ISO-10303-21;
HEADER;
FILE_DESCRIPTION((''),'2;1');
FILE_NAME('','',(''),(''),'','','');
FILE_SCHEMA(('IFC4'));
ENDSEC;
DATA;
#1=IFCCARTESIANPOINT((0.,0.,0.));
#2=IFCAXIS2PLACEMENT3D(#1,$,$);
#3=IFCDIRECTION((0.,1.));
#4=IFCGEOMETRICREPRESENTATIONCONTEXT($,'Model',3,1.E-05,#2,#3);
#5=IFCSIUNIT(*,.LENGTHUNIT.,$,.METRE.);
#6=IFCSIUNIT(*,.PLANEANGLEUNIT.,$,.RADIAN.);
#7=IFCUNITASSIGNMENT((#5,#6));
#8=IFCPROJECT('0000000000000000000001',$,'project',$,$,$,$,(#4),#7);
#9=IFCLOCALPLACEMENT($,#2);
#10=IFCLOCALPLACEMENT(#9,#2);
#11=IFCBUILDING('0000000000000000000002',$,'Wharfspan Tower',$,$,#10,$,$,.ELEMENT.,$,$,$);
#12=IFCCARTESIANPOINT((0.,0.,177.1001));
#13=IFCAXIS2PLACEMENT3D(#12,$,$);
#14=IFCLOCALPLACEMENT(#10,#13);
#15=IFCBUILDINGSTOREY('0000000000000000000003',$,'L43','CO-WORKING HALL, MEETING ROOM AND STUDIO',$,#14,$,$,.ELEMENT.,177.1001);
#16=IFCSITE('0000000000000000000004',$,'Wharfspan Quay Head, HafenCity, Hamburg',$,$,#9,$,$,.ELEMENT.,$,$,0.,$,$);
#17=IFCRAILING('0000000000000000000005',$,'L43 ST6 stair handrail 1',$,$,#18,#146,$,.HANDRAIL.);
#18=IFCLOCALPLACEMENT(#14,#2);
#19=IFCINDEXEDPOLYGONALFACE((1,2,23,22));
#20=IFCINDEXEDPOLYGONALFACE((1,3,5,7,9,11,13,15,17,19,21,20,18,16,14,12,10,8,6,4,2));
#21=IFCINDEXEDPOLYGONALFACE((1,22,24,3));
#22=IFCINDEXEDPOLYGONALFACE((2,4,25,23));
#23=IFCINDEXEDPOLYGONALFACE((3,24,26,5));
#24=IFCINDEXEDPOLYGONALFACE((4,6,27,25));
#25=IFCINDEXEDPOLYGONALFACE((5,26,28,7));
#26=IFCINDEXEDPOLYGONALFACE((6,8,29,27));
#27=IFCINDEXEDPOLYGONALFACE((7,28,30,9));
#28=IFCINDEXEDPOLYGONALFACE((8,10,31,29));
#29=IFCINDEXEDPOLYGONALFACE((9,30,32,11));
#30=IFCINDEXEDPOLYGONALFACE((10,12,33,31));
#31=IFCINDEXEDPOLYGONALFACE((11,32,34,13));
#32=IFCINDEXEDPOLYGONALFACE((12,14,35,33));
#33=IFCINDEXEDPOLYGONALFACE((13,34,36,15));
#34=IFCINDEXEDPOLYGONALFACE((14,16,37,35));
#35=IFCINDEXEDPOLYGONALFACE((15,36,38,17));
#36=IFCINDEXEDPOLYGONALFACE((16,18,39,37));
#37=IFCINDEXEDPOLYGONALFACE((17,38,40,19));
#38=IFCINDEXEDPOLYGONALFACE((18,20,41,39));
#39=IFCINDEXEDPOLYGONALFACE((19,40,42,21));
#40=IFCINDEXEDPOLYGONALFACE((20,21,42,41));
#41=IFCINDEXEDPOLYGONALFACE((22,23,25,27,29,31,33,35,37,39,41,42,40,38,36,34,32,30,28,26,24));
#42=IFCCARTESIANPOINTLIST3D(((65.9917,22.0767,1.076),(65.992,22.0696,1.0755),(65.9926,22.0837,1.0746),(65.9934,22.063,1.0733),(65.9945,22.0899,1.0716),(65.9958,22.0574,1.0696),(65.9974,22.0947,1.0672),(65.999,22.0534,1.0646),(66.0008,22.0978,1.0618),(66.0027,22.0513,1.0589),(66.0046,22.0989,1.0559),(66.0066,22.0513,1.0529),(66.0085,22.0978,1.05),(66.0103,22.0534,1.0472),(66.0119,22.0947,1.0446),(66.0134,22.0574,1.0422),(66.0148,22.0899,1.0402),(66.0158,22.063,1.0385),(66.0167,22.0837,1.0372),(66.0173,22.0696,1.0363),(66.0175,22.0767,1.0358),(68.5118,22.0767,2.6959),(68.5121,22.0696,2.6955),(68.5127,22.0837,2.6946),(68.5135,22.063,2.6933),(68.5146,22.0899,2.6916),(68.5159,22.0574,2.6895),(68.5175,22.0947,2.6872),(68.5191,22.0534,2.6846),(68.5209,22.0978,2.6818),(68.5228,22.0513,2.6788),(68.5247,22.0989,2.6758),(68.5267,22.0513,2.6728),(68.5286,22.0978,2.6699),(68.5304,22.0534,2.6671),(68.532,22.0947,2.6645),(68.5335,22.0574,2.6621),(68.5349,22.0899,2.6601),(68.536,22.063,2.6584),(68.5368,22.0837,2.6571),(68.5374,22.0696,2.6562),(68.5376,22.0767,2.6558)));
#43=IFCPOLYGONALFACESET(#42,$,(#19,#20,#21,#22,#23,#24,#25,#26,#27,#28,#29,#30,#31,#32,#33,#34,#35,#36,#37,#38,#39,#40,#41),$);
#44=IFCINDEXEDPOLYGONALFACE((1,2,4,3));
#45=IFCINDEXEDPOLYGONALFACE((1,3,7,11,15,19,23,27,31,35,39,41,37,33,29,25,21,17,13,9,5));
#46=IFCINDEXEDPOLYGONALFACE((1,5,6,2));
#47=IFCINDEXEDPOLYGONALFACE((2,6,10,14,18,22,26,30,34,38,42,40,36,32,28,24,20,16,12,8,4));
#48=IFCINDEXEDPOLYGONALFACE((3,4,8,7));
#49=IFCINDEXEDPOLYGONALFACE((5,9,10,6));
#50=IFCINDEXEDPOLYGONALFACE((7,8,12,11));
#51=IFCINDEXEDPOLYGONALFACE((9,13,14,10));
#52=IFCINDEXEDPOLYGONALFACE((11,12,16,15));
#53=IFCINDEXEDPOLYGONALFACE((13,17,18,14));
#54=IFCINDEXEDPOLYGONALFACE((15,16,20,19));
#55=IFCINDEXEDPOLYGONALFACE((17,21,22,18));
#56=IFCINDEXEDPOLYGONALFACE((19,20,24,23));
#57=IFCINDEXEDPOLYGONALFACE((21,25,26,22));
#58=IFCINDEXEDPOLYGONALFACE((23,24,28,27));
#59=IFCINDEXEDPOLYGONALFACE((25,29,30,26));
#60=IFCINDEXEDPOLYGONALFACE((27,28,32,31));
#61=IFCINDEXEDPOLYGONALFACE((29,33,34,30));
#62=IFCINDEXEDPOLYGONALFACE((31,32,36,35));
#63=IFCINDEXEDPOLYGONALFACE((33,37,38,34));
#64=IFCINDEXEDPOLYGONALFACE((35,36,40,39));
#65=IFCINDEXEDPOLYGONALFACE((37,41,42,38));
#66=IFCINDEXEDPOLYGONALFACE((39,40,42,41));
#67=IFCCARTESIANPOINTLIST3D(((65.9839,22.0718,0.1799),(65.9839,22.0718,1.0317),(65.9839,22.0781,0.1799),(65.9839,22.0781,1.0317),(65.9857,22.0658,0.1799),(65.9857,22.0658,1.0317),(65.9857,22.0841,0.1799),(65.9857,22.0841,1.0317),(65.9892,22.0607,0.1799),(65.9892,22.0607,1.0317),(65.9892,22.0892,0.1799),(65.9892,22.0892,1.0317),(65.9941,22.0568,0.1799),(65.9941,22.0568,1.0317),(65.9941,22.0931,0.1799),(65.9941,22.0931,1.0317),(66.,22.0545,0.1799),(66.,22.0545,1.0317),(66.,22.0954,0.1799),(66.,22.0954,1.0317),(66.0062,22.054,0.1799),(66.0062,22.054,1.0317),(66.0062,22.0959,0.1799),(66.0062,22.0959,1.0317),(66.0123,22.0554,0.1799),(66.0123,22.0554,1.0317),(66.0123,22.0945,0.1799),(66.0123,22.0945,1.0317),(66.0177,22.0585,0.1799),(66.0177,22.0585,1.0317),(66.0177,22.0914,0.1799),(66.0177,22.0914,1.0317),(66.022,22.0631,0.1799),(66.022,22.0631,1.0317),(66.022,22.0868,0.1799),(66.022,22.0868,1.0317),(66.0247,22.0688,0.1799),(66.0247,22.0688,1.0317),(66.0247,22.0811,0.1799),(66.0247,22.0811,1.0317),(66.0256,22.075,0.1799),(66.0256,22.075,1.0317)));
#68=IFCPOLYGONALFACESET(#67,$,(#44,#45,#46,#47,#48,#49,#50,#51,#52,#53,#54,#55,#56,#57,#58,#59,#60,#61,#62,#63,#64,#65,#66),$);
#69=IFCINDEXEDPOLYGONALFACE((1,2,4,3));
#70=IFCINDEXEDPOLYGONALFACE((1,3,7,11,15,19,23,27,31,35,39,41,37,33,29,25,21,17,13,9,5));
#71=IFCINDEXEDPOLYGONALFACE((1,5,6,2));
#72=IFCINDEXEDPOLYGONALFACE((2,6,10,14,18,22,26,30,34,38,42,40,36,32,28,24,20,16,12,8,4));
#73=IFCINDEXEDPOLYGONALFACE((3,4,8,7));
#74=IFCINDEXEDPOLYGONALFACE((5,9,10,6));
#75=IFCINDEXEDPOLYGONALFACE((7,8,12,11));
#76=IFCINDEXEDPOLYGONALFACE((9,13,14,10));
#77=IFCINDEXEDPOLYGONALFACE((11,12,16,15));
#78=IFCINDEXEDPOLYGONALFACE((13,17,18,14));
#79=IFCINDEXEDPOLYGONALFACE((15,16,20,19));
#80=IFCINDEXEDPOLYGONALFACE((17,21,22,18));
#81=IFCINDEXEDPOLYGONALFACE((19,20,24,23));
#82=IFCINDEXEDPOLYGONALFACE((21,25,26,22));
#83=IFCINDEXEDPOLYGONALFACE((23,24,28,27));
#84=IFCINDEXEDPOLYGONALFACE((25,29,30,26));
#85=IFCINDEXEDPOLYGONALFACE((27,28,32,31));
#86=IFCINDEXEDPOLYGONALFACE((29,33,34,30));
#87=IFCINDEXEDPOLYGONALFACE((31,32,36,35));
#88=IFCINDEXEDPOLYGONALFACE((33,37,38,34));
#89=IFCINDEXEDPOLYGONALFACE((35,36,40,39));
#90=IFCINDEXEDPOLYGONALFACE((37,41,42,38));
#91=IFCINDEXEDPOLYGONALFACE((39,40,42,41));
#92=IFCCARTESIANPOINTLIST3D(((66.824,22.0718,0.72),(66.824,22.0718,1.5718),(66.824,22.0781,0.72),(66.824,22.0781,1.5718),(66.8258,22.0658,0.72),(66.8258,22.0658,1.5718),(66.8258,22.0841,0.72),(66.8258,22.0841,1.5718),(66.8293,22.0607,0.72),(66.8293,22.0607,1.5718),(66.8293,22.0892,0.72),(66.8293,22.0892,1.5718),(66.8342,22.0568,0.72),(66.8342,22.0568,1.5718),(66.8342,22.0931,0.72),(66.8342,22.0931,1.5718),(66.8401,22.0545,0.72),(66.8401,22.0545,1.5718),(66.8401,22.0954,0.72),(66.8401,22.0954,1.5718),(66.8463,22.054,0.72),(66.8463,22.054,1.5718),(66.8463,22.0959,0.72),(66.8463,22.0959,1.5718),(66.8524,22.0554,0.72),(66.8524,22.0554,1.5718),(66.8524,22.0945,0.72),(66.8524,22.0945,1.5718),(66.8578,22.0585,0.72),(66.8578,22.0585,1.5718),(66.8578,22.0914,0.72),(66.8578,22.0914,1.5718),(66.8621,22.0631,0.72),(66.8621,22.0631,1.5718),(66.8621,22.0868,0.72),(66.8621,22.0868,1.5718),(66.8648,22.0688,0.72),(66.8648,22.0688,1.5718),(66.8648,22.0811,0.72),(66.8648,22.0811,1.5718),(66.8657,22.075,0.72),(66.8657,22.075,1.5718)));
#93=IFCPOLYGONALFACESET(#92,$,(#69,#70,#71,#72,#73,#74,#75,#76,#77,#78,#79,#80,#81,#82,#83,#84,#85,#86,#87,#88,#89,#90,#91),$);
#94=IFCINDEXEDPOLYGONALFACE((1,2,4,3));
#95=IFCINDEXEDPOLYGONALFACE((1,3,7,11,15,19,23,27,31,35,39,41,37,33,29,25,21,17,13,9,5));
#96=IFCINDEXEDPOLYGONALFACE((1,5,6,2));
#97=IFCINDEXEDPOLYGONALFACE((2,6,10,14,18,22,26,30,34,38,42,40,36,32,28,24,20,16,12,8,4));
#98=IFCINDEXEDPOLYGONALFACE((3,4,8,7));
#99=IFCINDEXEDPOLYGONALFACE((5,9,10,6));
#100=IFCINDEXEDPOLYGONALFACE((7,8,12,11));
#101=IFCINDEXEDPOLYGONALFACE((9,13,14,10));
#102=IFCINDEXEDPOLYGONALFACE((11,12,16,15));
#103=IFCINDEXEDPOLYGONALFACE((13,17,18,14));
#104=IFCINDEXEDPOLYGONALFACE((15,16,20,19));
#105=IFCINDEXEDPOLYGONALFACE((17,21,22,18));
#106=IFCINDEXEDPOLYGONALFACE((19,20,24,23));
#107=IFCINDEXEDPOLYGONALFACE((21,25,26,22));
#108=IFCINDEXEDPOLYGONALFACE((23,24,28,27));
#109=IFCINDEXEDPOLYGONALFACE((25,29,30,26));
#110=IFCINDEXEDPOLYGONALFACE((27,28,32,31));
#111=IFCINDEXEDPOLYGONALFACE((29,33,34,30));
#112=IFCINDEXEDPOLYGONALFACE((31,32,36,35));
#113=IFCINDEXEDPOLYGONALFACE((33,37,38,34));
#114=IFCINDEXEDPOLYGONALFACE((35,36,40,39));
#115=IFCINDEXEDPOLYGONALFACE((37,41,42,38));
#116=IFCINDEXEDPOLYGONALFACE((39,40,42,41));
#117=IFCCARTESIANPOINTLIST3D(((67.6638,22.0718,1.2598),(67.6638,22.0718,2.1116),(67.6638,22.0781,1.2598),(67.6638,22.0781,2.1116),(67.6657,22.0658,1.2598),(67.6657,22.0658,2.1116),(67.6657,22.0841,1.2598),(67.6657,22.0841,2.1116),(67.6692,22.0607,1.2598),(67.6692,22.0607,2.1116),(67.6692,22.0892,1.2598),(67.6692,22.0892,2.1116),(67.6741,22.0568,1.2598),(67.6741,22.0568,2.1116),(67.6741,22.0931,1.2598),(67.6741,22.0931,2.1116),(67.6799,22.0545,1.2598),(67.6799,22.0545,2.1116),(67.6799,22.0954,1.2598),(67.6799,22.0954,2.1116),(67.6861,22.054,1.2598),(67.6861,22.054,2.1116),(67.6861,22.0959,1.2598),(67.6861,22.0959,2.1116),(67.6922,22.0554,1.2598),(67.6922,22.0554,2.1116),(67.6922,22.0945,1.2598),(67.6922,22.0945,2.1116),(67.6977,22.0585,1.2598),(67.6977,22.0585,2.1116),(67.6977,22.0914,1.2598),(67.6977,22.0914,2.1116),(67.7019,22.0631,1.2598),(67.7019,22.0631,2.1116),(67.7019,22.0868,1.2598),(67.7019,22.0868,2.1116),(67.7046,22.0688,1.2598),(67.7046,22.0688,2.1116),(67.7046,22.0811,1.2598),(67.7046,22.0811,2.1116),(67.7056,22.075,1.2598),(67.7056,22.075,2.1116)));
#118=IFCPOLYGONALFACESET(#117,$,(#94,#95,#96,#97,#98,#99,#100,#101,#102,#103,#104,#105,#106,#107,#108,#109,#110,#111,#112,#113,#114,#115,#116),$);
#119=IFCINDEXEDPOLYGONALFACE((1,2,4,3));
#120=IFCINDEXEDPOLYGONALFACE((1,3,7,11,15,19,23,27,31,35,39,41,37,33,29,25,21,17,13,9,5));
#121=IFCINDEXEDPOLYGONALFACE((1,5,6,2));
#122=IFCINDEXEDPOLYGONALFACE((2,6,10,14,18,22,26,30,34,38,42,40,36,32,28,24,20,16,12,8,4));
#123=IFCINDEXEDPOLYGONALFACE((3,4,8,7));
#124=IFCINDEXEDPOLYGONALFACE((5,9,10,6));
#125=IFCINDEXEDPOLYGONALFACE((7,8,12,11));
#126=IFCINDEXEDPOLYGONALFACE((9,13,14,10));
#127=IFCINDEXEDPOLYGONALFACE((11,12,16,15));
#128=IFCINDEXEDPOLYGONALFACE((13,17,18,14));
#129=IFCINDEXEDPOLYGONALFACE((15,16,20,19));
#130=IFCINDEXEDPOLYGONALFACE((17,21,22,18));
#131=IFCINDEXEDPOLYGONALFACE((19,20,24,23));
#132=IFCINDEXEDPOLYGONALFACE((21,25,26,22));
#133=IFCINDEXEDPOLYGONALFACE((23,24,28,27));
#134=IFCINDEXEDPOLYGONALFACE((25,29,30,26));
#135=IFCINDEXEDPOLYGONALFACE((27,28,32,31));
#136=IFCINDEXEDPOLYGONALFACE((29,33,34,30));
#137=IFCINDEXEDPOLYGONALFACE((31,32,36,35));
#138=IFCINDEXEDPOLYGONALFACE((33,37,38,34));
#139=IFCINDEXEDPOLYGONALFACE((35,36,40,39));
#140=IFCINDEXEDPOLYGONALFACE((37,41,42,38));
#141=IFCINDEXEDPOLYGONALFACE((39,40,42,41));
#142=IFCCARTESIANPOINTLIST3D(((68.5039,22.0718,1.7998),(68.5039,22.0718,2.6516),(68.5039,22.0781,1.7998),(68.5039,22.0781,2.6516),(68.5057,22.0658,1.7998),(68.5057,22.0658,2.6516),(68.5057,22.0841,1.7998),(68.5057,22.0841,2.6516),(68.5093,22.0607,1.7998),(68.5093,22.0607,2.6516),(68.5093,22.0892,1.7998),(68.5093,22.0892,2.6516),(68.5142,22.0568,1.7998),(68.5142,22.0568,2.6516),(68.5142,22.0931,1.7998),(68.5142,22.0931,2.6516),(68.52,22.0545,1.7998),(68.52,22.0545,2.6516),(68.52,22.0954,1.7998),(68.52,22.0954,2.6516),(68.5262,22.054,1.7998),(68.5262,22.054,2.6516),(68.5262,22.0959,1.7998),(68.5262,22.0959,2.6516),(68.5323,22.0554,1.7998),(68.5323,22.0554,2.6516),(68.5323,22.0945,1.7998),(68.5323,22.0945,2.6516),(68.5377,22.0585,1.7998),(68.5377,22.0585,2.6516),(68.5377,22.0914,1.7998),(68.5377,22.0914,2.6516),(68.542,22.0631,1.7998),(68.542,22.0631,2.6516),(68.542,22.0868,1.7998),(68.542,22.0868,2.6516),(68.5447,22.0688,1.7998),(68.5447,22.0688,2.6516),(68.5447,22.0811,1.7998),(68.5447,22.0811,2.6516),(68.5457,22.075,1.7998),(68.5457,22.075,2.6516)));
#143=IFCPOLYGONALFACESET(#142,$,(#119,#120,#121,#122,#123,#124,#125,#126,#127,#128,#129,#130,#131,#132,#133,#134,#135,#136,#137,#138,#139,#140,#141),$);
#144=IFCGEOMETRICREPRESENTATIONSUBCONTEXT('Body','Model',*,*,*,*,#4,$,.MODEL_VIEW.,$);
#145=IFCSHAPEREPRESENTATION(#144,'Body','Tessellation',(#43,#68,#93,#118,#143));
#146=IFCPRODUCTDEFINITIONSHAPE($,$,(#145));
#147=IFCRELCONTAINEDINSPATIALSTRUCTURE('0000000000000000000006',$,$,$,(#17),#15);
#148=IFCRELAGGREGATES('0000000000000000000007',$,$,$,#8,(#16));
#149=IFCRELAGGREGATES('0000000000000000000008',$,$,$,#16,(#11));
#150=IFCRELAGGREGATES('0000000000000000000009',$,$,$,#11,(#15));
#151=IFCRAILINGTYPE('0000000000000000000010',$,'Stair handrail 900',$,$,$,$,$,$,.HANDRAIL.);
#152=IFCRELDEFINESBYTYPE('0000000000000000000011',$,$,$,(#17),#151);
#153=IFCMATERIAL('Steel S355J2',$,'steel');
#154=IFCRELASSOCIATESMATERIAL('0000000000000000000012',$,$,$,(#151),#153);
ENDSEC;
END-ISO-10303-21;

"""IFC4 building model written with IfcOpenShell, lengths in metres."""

from ifc_helpers import new_model, si_unit, direction, frame, origin, origin_2d, place, context, subcontext, project, spatial, circle, extrude, material, type_object, element, save


model = new_model("IFC4")

# Units and contexts
model_context = context("Model", 3, precision=1e-05, world=origin(), true_north=direction((0.0, 1.0)))
body_context = subcontext(model_context, "Body", "Model", "MODEL_VIEW")
ifc_project = project(units=[si_unit("LENGTHUNIT", "METRE"), si_unit("PLANEANGLEUNIT", "RADIAN")], contexts=[model_context])

# Site, building, storey
site_placement = place(None, origin())
site = spatial("IfcSite", under=ifc_project, at=site_placement, Name="Wharfspan Quay Head, HafenCity, Hamburg", CompositionType="ELEMENT", RefElevation=0.0)
building_placement = place(site_placement, origin())
building = spatial("IfcBuilding", under=site, at=building_placement, Name="Wharfspan Tower", CompositionType="ELEMENT")
storey_placement = place(building_placement, frame((0.0, 0.0, 177.1001)))
storey = spatial("IfcBuildingStorey", under=building, at=storey_placement, Name="L43", Description="CO-WORKING HALL, MEETING ROOM AND STUDIO", CompositionType="ELEMENT", Elevation=177.1001)

# Shared definitions
ifc_material_1 = material(Name="Steel S355J2", Category="steel")

# Railing
railing_type_1 = type_object("IfcRailingType", Name="Stair handrail 900", PredefinedType="HANDRAIL", material=ifc_material_1)
railing_1_placement = place(storey_placement, frame((66.0046, 22.075, 0.1799)))
element("IfcRailing", 1, at=railing_1_placement, inside=storey, type_object=railing_type_1, Name="L43 ST6 stair handrail 1", PredefinedType="HANDRAIL", context=body_context, shape_type="SweptSolid", body=[
    extrude(circle(Radius=0.0239, at=origin_2d()), frame((0.0, 0.0, 0.876), z_axis=(0.8412, 0.0, 0.540725), x_axis=(0.0, 1.0, 0.0)), (0.0, 0.0, 1.0), 2.9958),
    extrude(circle(Radius=0.021, at=origin_2d()), origin(), (0.0, 0.0, 1.0), 0.8518),
    extrude(circle(Radius=0.021, at=origin_2d()), frame((0.8401, 0.0, 0.54)), (0.0, 0.0, 1.0), 0.8518),
    extrude(circle(Radius=0.021, at=origin_2d()), frame((1.6799, 0.0, 1.0798)), (0.0, 0.0, 1.0), 0.8518),
    extrude(circle(Radius=0.021, at=origin_2d()), frame((2.52, 0.0, 1.6199)), (0.0, 0.0, 1.0), 0.8518),
])

save(model, "model.ifc")
